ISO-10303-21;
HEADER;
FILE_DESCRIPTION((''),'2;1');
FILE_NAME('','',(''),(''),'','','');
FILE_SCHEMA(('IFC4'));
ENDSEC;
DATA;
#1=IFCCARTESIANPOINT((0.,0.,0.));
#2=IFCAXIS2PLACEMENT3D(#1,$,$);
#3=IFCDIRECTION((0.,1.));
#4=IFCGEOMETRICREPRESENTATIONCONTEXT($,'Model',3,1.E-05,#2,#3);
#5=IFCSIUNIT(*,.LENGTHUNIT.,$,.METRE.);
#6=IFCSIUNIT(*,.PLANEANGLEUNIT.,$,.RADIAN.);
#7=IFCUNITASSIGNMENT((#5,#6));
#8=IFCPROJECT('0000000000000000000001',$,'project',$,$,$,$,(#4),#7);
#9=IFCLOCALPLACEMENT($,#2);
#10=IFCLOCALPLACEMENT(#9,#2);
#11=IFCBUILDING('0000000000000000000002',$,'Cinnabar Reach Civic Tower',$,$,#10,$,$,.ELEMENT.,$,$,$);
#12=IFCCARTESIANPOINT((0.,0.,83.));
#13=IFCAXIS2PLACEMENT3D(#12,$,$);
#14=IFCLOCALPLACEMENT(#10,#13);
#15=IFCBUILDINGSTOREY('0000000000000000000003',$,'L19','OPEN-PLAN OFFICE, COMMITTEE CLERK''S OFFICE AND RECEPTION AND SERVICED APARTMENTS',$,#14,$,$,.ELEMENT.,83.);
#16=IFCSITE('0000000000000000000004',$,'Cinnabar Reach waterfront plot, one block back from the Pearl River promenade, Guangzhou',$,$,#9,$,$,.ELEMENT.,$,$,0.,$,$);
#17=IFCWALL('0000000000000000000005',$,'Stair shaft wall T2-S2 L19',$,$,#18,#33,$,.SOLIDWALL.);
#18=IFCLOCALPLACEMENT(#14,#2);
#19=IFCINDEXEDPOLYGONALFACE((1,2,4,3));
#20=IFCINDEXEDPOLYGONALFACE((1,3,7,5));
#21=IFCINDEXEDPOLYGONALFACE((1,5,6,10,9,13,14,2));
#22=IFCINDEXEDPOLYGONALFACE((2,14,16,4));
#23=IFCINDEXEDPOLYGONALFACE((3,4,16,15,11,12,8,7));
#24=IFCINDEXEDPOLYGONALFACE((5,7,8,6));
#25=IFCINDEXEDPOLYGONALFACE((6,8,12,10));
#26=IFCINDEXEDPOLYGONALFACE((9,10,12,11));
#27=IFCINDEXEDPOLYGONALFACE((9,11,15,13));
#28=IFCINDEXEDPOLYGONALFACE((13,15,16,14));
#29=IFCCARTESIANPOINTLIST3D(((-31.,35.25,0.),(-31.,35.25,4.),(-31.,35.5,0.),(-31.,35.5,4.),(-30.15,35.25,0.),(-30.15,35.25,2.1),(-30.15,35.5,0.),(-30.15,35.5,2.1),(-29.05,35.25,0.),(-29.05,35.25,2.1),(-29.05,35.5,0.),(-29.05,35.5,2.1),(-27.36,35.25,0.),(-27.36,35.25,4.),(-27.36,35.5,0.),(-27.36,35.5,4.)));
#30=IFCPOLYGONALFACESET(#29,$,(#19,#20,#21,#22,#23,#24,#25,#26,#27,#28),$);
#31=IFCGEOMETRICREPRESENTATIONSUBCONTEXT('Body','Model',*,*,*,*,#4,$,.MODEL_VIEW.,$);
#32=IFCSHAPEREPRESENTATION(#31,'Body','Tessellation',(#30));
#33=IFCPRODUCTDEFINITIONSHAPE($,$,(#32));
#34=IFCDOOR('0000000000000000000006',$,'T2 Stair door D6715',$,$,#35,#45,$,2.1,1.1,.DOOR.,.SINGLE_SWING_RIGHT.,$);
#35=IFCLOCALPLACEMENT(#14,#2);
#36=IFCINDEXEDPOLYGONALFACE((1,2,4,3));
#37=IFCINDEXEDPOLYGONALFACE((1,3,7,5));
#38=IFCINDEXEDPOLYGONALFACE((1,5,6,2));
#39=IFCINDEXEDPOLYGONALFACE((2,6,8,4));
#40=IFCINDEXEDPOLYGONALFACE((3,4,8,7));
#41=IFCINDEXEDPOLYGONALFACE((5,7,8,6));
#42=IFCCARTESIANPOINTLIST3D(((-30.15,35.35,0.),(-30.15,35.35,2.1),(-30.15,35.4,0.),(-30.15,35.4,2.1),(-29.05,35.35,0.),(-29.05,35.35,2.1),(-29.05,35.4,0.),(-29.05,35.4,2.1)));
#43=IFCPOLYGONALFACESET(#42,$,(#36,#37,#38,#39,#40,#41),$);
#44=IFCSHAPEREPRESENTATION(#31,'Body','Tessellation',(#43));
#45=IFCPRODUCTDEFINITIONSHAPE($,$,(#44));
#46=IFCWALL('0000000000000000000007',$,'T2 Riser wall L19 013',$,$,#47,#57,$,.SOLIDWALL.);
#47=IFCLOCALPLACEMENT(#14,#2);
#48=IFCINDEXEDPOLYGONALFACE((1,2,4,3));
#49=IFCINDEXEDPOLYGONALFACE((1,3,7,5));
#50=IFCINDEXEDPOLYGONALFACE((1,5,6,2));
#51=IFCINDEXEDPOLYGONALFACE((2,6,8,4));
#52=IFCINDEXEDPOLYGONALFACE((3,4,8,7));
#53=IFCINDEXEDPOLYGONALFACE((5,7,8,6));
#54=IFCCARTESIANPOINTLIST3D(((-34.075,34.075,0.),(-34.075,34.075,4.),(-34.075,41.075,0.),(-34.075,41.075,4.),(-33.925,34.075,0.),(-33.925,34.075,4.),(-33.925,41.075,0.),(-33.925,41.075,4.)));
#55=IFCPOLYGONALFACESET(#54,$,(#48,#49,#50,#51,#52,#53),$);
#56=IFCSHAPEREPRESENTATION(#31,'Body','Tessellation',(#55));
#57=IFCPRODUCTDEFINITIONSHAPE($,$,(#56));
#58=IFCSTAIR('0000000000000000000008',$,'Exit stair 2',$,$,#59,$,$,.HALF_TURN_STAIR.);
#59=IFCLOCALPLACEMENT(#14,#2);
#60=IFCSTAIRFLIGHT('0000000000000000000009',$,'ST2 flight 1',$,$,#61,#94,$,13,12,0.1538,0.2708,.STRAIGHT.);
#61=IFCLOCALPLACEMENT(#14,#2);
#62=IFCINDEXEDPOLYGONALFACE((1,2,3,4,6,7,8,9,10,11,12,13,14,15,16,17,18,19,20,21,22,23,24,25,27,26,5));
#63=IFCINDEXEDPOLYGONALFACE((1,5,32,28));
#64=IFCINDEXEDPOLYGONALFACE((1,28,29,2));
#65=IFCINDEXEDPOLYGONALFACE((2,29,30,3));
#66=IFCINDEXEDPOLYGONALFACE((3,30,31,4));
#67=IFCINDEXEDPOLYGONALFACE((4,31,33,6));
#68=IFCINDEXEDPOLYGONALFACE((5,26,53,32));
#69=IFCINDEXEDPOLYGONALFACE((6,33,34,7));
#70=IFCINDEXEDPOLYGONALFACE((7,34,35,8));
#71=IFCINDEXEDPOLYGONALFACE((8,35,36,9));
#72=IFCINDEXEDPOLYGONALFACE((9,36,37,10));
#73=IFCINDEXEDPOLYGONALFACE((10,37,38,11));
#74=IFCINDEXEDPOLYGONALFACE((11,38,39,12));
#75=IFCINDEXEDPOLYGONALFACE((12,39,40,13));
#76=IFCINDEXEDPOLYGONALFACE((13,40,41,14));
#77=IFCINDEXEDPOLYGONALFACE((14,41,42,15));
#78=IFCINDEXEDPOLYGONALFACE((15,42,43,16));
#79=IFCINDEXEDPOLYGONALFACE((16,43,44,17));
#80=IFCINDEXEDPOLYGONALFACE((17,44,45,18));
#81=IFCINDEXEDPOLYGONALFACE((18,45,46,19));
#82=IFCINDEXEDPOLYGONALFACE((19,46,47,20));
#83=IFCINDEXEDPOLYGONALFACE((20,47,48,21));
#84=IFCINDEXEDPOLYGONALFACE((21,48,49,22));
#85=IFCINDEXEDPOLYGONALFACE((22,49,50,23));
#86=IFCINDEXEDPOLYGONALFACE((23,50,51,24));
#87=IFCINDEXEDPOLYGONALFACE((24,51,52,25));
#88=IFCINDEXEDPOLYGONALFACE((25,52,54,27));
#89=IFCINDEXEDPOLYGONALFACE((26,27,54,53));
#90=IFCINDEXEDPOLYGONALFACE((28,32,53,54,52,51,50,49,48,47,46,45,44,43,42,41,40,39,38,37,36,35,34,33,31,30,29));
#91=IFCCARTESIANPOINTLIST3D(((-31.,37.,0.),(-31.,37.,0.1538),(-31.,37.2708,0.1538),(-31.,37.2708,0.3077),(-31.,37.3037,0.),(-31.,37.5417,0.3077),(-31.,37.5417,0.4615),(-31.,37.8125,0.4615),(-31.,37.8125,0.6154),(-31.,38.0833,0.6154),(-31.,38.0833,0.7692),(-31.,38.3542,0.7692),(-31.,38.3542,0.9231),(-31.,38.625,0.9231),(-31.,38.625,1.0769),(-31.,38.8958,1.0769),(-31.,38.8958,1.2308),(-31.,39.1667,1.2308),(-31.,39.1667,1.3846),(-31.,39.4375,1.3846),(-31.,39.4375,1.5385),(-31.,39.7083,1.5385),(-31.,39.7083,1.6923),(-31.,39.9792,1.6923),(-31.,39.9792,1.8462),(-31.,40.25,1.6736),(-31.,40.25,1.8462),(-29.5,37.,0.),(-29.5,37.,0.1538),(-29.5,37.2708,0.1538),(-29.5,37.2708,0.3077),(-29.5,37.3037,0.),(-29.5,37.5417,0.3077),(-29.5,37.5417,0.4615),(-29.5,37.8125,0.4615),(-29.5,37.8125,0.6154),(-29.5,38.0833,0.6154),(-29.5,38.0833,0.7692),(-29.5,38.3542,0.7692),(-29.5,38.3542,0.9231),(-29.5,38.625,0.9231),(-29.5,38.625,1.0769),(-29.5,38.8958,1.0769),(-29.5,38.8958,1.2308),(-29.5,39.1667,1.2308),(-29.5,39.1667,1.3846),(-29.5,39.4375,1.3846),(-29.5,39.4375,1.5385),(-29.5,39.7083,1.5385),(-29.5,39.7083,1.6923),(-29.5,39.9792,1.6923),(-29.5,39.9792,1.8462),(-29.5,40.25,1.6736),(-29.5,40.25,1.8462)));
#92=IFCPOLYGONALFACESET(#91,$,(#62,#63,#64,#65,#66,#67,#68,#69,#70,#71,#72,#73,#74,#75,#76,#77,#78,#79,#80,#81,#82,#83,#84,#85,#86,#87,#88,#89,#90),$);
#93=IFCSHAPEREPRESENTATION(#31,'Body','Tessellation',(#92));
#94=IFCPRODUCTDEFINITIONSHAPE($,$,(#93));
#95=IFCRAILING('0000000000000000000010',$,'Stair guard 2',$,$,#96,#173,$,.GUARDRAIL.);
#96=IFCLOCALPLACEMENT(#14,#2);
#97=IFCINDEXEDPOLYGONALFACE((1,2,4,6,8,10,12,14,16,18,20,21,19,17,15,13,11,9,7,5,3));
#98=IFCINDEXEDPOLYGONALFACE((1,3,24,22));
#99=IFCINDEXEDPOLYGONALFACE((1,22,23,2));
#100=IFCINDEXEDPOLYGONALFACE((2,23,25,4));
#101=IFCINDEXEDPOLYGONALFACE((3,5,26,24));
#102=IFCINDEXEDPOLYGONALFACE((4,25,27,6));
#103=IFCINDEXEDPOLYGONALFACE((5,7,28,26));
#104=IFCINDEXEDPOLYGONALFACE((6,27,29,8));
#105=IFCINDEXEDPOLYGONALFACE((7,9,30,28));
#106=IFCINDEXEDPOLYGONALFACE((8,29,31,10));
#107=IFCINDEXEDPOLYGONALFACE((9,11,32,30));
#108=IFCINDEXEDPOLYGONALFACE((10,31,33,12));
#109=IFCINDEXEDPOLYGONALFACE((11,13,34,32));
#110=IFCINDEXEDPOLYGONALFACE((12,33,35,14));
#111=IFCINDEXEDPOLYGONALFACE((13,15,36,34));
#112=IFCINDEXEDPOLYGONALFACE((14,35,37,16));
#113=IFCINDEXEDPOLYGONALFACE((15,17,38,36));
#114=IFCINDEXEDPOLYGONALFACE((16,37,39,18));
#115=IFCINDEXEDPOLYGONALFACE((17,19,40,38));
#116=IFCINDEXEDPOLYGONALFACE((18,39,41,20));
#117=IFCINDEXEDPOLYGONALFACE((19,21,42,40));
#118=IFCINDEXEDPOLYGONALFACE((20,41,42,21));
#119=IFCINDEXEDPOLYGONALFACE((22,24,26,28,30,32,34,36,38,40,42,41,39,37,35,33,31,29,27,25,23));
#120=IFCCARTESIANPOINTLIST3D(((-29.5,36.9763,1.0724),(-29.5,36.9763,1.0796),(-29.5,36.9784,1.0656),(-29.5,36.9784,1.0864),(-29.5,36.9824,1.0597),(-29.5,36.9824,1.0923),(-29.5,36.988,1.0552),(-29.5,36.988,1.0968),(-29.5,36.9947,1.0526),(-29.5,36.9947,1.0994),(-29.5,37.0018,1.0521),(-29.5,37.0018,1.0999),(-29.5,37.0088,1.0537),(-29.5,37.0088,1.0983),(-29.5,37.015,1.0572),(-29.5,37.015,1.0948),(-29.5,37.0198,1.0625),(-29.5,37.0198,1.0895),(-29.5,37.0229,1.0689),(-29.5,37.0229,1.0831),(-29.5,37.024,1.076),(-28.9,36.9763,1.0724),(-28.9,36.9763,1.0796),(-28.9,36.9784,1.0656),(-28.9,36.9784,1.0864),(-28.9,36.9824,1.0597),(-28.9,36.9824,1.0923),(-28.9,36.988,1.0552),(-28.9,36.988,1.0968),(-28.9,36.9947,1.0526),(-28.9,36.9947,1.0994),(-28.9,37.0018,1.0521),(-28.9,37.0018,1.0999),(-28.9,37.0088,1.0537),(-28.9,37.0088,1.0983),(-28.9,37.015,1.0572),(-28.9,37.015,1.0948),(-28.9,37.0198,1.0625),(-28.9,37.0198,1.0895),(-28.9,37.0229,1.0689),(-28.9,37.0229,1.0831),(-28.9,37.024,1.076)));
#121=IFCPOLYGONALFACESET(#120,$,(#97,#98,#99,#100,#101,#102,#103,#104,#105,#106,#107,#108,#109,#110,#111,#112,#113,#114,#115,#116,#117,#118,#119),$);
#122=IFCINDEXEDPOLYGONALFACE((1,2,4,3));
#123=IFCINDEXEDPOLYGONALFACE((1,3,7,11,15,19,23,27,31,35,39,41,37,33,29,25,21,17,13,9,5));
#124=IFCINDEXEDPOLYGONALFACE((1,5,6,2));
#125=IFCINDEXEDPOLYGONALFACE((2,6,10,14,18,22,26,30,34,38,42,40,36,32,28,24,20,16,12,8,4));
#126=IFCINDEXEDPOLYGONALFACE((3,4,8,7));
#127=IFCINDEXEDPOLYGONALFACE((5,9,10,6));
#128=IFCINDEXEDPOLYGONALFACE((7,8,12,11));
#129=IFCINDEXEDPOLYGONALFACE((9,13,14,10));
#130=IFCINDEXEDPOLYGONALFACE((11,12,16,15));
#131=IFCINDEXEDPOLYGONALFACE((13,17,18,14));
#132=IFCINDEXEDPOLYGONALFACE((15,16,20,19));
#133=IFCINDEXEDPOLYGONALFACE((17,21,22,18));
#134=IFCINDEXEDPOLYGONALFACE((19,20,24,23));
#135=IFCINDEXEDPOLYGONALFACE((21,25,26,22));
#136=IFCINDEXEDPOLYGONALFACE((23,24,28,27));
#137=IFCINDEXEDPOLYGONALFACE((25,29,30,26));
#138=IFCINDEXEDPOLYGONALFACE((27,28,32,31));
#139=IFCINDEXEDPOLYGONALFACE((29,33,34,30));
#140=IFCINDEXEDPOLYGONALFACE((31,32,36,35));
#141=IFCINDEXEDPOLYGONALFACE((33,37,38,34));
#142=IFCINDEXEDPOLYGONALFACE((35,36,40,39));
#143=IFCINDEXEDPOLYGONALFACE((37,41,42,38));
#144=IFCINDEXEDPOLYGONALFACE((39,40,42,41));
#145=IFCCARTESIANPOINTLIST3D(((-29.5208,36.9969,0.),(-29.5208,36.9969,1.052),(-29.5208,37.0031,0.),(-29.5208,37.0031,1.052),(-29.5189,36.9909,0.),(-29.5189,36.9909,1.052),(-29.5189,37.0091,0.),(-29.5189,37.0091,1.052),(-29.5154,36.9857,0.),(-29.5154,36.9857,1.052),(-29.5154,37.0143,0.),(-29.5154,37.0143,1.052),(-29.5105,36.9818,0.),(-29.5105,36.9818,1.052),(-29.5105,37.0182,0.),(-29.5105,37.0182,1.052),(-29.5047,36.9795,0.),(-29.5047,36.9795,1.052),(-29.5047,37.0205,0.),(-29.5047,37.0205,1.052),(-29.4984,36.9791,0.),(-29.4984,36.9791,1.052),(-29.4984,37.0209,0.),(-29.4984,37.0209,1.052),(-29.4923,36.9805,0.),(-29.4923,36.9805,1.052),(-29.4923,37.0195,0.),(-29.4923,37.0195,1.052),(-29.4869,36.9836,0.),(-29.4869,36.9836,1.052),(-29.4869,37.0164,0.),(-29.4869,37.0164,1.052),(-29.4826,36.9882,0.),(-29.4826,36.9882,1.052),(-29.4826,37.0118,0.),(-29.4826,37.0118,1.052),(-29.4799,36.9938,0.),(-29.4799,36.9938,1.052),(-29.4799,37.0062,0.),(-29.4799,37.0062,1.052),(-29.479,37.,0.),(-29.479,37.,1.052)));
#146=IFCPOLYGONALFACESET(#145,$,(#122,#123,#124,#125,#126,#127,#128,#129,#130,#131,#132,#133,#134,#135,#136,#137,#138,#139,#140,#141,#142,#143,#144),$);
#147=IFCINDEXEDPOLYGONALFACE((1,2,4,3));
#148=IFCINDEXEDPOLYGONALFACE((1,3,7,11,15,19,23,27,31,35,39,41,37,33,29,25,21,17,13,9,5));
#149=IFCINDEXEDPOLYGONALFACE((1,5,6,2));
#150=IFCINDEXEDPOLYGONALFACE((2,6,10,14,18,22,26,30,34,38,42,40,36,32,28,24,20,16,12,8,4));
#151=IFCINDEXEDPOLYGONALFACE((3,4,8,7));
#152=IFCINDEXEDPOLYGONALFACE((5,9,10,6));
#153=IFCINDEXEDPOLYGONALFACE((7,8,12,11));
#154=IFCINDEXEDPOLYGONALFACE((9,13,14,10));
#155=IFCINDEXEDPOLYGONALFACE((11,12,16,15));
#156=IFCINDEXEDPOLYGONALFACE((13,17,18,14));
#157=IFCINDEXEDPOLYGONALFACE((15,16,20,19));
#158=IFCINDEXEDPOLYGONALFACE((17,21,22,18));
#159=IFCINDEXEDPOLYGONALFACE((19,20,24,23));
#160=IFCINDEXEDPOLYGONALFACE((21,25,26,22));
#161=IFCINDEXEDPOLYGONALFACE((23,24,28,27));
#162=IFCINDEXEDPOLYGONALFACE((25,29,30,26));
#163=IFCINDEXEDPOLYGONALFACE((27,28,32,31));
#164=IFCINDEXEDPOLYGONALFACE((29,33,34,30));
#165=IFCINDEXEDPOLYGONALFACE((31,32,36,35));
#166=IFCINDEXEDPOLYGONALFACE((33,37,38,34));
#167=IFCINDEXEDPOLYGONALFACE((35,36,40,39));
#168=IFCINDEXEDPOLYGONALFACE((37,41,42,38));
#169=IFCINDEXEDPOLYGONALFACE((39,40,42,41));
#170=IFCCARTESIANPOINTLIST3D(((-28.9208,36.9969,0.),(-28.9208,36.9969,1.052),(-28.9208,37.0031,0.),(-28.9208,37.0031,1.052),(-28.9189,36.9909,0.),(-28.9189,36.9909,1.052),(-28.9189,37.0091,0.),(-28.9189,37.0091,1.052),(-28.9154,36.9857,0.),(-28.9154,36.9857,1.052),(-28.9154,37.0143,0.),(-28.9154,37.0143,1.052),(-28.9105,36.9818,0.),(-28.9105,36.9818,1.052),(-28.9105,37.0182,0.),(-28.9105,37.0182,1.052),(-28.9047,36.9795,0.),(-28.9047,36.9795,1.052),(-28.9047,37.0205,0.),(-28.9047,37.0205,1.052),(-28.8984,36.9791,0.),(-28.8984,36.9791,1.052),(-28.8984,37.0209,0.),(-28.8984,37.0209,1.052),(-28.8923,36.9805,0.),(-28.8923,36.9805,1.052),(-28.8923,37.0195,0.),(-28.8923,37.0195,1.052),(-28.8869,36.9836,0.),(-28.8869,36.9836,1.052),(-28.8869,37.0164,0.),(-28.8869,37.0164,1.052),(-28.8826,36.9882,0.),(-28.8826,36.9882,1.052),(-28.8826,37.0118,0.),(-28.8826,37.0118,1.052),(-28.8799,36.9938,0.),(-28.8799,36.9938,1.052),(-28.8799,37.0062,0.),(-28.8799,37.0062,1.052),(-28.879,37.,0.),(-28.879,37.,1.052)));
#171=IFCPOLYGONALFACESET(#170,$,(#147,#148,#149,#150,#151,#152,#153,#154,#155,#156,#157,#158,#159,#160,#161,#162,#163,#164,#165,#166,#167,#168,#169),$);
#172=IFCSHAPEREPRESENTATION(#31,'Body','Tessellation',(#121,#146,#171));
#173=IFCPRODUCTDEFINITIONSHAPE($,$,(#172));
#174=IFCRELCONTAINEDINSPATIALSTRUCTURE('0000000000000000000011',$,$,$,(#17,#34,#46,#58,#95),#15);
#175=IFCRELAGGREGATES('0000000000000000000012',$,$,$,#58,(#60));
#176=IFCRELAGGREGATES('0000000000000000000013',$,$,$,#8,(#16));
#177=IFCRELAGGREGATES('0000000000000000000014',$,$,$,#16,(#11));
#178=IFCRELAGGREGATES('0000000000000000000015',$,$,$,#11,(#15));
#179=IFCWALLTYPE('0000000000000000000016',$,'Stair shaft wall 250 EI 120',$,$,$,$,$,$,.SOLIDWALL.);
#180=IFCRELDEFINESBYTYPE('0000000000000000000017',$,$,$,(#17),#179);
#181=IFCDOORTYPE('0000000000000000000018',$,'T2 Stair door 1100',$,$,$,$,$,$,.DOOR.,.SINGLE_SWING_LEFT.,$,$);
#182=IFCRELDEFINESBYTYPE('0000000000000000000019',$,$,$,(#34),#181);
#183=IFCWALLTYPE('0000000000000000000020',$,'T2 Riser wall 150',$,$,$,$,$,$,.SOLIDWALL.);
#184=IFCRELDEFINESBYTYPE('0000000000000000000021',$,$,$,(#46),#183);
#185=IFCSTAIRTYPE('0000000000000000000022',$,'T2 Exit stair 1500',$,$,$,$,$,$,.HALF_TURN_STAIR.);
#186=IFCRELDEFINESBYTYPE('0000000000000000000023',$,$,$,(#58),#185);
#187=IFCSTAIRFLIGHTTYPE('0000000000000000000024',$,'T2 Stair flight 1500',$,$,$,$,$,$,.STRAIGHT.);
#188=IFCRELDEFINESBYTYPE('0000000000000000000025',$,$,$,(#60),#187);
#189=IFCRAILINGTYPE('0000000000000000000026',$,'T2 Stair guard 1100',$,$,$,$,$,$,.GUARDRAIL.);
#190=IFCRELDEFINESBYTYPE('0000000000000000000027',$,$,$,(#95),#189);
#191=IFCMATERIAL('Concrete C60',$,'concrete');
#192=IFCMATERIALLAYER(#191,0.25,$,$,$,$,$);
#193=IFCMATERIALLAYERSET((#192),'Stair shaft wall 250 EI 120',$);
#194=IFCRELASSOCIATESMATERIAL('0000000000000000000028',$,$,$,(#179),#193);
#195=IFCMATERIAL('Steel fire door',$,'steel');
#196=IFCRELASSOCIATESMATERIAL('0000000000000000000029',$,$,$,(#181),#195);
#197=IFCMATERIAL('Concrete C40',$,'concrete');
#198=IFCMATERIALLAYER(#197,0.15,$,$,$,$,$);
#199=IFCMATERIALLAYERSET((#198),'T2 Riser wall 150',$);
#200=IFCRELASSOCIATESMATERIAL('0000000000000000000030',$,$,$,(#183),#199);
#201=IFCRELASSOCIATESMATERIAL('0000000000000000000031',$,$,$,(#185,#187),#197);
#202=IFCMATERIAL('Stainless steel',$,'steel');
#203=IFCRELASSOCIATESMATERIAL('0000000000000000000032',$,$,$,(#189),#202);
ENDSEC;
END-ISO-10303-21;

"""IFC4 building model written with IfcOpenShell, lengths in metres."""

from ifc_helpers import new_model, si_unit, direction, frame, frame_2d, origin, origin_2d, place, context, subcontext, project, spatial, polyline, rectangle, circle, outline, extrude, material, layer, layer_set, type_object, element, fill, aggregate, save


model = new_model("IFC4")

# Units and contexts
model_context = context("Model", 3, precision=1e-05, world=origin(), true_north=direction((0.0, 1.0)))
body_context = subcontext(model_context, "Body", "Model", "MODEL_VIEW")
ifc_project = project(units=[si_unit("LENGTHUNIT", "METRE"), si_unit("PLANEANGLEUNIT", "RADIAN")], contexts=[model_context])

# Site, building, storey
site_placement = place(None, origin())
site = spatial("IfcSite", under=ifc_project, at=site_placement, Name="Cinnabar Reach waterfront plot, one block back from the Pearl River promenade, Guangzhou", CompositionType="ELEMENT", RefElevation=0.0)
building_placement = place(site_placement, origin())
building = spatial("IfcBuilding", under=site, at=building_placement, Name="Cinnabar Reach Civic Tower", CompositionType="ELEMENT")
storey_placement = place(building_placement, frame((0.0, 0.0, 83.0)))
storey = spatial("IfcBuildingStorey", under=building, at=storey_placement, Name="L19", Description="OPEN-PLAN OFFICE, COMMITTEE CLERK'S OFFICE AND RECEPTION AND SERVICED APARTMENTS", CompositionType="ELEMENT", Elevation=83.0)

# Shared definitions
ifc_material_1 = material(Name="Concrete C60", Category="concrete")

# Wall, opening, door
ifc_layer_1 = layer(ifc_material_1, 0.25)
ifc_layer_set_1 = layer_set([ifc_layer_1], Name="Stair shaft wall 250 EI 120")
wall_type_1 = type_object("IfcWallType", Name="Stair shaft wall 250 EI 120", PredefinedType="SOLIDWALL", material=ifc_layer_set_1)
wall_1_placement = place(storey_placement, frame((-31.0, 35.375, 0.0), z_axis=(0.0, 0.0, 1.0), x_axis=(1.0, 0.0, 0.0)))
wall_1 = element("IfcWall", 1, at=wall_1_placement, inside=storey, type_object=wall_type_1, Name="Stair shaft wall T2-S2 L19", PredefinedType="SOLIDWALL", context=body_context, shape_type="SweptSolid", body=[
    extrude(rectangle(XDim=3.64, YDim=0.25, at=frame_2d((1.82, 0.0))), origin(), (0.0, 0.0, 1.0), 4.0),
])
opening_1_placement = place(wall_1_placement, frame((0.85, 0.0, 0.0)))
opening_1 = element("IfcOpeningElement", 2, at=opening_1_placement, cuts=wall_1, PredefinedType="OPENING", context=body_context, shape_type="SweptSolid", body=[
    extrude(rectangle(XDim=1.1, YDim=2.1, at=frame_2d((0.55, 1.05))), frame((0.0, 0.135, 0.0), z_axis=(0.0, -1.0, 0.0), x_axis=(1.0, 0.0, 0.0)), (0.0, 0.0, 1.0), 0.27),
])
ifc_material_2 = material(Name="Steel fire door", Category="steel")
door_type = type_object("IfcDoorType", Name="T2 Stair door 1100", OperationType="SINGLE_SWING_LEFT", PredefinedType="DOOR", material=ifc_material_2)
door_placement = place(opening_1_placement, origin())
door = element("IfcDoor", 3, at=door_placement, inside=storey, type_object=door_type, Name="T2 Stair door D6715", OperationType="SINGLE_SWING_RIGHT", OverallHeight=2.1, OverallWidth=1.1, PredefinedType="DOOR", context=body_context, shape_type="SweptSolid", body=[
    extrude(rectangle(XDim=1.1, YDim=2.1, at=frame_2d((0.55, 1.05))), frame((0.0, 0.025, 0.0), z_axis=(0.0, -1.0, 0.0), x_axis=(1.0, 0.0, 0.0)), (0.0, 0.0, 1.0), 0.05),
])
fill(opening_1, door)

# Wall
ifc_material_3 = material(Name="Concrete C40", Category="concrete")
ifc_layer_2 = layer(ifc_material_3, 0.15)
ifc_layer_set_2 = layer_set([ifc_layer_2], Name="T2 Riser wall 150")
wall_type_2 = type_object("IfcWallType", Name="T2 Riser wall 150", PredefinedType="SOLIDWALL", material=ifc_layer_set_2)
wall_2_placement = place(storey_placement, frame((-34.0, 41.075, 0.0), z_axis=(0.0, 0.0, 1.0), x_axis=(0.0, -1.0, 0.0)))
element("IfcWall", 4, at=wall_2_placement, inside=storey, type_object=wall_type_2, Name="T2 Riser wall L19 013", PredefinedType="SOLIDWALL", context=body_context, shape_type="SweptSolid", body=[
    extrude(rectangle(XDim=7.0, YDim=0.15, at=frame_2d((3.5, 0.0))), origin(), (0.0, 0.0, 1.0), 4.0),
])

# Stair, stair flight
stair_type = type_object("IfcStairType", Name="T2 Exit stair 1500", PredefinedType="HALF_TURN_STAIR", material=ifc_material_3)
stair_placement = place(storey_placement, origin())
stair = element("IfcStair", 5, at=stair_placement, inside=storey, type_object=stair_type, Name="Exit stair 2", PredefinedType="HALF_TURN_STAIR")
stair_flight_type = type_object("IfcStairFlightType", Name="T2 Stair flight 1500", PredefinedType="STRAIGHT", material=ifc_material_3)
stair_flight_placement = place(storey_placement, frame((-30.25, 37.0, 0.0), z_axis=(0.0, 0.0, 1.0), x_axis=(0.0, 1.0, 0.0)))
stair_flight = element("IfcStairFlight", 6, at=stair_flight_placement, type_object=stair_flight_type, Name="ST2 flight 1", NumberOfRisers=13, NumberOfTreads=12, PredefinedType="STRAIGHT", RiserHeight=0.1538, TreadLength=0.2708, context=body_context, shape_type="SweptSolid", body=[
    extrude(outline(polyline([(0.0, 0.0), (0.0, 0.1538), (0.2708, 0.1538), (0.2708, 0.3077), (0.5417, 0.3077), (0.5417, 0.4615), (0.8125, 0.4615), (0.8125, 0.6154), (1.0833, 0.6154), (1.0833, 0.7692), (1.3542, 0.7692), (1.3542, 0.9231), (1.625, 0.9231), (1.625, 1.0769), (1.8958, 1.0769), (1.8958, 1.2308), (2.1667, 1.2308), (2.1667, 1.3846), (2.4375, 1.3846), (2.4375, 1.5385), (2.7083, 1.5385), (2.7083, 1.6923), (2.9792, 1.6923), (2.9792, 1.8462), (3.25, 1.8462), (3.25, 2.0), (3.25, 1.6736), (0.3037, 0.0), (0.0, 0.0)])), frame((0.0, 0.75, 0.0), z_axis=(0.0, -1.0, 0.0), x_axis=(1.0, 0.0, 0.0)), (0.0, 0.0, 1.0), 1.5),
])
aggregate(stair, [stair_flight])

# Railing
ifc_material_4 = material(Name="Stainless steel", Category="steel")
railing_type = type_object("IfcRailingType", Name="T2 Stair guard 1100", PredefinedType="GUARDRAIL", material=ifc_material_4)
for number, where, name in (
    (7, (-29.5, 37.0, 0.0), "Stair guard 2"),
):
    element("IfcRailing", number, at=place(storey_placement, frame(where)), inside=storey, type_object=railing_type, Name=name, PredefinedType="GUARDRAIL", context=body_context, shape_type="SweptSolid", body=[
        extrude(circle(Radius=0.024, at=origin_2d()), frame((0.0, 0.0, 1.076), z_axis=(1.0, 0.0, 0.0), x_axis=(0.0, 1.0, 0.0)), (0.0, 0.0, 1.0), 0.6),
        extrude(circle(Radius=0.021, at=origin_2d()), origin(), (0.0, 0.0, 1.0), 1.052),
        extrude(circle(Radius=0.021, at=origin_2d()), frame((0.6, 0.0, 0.0)), (0.0, 0.0, 1.0), 1.052),
    ])

save(model, "model.ifc")
